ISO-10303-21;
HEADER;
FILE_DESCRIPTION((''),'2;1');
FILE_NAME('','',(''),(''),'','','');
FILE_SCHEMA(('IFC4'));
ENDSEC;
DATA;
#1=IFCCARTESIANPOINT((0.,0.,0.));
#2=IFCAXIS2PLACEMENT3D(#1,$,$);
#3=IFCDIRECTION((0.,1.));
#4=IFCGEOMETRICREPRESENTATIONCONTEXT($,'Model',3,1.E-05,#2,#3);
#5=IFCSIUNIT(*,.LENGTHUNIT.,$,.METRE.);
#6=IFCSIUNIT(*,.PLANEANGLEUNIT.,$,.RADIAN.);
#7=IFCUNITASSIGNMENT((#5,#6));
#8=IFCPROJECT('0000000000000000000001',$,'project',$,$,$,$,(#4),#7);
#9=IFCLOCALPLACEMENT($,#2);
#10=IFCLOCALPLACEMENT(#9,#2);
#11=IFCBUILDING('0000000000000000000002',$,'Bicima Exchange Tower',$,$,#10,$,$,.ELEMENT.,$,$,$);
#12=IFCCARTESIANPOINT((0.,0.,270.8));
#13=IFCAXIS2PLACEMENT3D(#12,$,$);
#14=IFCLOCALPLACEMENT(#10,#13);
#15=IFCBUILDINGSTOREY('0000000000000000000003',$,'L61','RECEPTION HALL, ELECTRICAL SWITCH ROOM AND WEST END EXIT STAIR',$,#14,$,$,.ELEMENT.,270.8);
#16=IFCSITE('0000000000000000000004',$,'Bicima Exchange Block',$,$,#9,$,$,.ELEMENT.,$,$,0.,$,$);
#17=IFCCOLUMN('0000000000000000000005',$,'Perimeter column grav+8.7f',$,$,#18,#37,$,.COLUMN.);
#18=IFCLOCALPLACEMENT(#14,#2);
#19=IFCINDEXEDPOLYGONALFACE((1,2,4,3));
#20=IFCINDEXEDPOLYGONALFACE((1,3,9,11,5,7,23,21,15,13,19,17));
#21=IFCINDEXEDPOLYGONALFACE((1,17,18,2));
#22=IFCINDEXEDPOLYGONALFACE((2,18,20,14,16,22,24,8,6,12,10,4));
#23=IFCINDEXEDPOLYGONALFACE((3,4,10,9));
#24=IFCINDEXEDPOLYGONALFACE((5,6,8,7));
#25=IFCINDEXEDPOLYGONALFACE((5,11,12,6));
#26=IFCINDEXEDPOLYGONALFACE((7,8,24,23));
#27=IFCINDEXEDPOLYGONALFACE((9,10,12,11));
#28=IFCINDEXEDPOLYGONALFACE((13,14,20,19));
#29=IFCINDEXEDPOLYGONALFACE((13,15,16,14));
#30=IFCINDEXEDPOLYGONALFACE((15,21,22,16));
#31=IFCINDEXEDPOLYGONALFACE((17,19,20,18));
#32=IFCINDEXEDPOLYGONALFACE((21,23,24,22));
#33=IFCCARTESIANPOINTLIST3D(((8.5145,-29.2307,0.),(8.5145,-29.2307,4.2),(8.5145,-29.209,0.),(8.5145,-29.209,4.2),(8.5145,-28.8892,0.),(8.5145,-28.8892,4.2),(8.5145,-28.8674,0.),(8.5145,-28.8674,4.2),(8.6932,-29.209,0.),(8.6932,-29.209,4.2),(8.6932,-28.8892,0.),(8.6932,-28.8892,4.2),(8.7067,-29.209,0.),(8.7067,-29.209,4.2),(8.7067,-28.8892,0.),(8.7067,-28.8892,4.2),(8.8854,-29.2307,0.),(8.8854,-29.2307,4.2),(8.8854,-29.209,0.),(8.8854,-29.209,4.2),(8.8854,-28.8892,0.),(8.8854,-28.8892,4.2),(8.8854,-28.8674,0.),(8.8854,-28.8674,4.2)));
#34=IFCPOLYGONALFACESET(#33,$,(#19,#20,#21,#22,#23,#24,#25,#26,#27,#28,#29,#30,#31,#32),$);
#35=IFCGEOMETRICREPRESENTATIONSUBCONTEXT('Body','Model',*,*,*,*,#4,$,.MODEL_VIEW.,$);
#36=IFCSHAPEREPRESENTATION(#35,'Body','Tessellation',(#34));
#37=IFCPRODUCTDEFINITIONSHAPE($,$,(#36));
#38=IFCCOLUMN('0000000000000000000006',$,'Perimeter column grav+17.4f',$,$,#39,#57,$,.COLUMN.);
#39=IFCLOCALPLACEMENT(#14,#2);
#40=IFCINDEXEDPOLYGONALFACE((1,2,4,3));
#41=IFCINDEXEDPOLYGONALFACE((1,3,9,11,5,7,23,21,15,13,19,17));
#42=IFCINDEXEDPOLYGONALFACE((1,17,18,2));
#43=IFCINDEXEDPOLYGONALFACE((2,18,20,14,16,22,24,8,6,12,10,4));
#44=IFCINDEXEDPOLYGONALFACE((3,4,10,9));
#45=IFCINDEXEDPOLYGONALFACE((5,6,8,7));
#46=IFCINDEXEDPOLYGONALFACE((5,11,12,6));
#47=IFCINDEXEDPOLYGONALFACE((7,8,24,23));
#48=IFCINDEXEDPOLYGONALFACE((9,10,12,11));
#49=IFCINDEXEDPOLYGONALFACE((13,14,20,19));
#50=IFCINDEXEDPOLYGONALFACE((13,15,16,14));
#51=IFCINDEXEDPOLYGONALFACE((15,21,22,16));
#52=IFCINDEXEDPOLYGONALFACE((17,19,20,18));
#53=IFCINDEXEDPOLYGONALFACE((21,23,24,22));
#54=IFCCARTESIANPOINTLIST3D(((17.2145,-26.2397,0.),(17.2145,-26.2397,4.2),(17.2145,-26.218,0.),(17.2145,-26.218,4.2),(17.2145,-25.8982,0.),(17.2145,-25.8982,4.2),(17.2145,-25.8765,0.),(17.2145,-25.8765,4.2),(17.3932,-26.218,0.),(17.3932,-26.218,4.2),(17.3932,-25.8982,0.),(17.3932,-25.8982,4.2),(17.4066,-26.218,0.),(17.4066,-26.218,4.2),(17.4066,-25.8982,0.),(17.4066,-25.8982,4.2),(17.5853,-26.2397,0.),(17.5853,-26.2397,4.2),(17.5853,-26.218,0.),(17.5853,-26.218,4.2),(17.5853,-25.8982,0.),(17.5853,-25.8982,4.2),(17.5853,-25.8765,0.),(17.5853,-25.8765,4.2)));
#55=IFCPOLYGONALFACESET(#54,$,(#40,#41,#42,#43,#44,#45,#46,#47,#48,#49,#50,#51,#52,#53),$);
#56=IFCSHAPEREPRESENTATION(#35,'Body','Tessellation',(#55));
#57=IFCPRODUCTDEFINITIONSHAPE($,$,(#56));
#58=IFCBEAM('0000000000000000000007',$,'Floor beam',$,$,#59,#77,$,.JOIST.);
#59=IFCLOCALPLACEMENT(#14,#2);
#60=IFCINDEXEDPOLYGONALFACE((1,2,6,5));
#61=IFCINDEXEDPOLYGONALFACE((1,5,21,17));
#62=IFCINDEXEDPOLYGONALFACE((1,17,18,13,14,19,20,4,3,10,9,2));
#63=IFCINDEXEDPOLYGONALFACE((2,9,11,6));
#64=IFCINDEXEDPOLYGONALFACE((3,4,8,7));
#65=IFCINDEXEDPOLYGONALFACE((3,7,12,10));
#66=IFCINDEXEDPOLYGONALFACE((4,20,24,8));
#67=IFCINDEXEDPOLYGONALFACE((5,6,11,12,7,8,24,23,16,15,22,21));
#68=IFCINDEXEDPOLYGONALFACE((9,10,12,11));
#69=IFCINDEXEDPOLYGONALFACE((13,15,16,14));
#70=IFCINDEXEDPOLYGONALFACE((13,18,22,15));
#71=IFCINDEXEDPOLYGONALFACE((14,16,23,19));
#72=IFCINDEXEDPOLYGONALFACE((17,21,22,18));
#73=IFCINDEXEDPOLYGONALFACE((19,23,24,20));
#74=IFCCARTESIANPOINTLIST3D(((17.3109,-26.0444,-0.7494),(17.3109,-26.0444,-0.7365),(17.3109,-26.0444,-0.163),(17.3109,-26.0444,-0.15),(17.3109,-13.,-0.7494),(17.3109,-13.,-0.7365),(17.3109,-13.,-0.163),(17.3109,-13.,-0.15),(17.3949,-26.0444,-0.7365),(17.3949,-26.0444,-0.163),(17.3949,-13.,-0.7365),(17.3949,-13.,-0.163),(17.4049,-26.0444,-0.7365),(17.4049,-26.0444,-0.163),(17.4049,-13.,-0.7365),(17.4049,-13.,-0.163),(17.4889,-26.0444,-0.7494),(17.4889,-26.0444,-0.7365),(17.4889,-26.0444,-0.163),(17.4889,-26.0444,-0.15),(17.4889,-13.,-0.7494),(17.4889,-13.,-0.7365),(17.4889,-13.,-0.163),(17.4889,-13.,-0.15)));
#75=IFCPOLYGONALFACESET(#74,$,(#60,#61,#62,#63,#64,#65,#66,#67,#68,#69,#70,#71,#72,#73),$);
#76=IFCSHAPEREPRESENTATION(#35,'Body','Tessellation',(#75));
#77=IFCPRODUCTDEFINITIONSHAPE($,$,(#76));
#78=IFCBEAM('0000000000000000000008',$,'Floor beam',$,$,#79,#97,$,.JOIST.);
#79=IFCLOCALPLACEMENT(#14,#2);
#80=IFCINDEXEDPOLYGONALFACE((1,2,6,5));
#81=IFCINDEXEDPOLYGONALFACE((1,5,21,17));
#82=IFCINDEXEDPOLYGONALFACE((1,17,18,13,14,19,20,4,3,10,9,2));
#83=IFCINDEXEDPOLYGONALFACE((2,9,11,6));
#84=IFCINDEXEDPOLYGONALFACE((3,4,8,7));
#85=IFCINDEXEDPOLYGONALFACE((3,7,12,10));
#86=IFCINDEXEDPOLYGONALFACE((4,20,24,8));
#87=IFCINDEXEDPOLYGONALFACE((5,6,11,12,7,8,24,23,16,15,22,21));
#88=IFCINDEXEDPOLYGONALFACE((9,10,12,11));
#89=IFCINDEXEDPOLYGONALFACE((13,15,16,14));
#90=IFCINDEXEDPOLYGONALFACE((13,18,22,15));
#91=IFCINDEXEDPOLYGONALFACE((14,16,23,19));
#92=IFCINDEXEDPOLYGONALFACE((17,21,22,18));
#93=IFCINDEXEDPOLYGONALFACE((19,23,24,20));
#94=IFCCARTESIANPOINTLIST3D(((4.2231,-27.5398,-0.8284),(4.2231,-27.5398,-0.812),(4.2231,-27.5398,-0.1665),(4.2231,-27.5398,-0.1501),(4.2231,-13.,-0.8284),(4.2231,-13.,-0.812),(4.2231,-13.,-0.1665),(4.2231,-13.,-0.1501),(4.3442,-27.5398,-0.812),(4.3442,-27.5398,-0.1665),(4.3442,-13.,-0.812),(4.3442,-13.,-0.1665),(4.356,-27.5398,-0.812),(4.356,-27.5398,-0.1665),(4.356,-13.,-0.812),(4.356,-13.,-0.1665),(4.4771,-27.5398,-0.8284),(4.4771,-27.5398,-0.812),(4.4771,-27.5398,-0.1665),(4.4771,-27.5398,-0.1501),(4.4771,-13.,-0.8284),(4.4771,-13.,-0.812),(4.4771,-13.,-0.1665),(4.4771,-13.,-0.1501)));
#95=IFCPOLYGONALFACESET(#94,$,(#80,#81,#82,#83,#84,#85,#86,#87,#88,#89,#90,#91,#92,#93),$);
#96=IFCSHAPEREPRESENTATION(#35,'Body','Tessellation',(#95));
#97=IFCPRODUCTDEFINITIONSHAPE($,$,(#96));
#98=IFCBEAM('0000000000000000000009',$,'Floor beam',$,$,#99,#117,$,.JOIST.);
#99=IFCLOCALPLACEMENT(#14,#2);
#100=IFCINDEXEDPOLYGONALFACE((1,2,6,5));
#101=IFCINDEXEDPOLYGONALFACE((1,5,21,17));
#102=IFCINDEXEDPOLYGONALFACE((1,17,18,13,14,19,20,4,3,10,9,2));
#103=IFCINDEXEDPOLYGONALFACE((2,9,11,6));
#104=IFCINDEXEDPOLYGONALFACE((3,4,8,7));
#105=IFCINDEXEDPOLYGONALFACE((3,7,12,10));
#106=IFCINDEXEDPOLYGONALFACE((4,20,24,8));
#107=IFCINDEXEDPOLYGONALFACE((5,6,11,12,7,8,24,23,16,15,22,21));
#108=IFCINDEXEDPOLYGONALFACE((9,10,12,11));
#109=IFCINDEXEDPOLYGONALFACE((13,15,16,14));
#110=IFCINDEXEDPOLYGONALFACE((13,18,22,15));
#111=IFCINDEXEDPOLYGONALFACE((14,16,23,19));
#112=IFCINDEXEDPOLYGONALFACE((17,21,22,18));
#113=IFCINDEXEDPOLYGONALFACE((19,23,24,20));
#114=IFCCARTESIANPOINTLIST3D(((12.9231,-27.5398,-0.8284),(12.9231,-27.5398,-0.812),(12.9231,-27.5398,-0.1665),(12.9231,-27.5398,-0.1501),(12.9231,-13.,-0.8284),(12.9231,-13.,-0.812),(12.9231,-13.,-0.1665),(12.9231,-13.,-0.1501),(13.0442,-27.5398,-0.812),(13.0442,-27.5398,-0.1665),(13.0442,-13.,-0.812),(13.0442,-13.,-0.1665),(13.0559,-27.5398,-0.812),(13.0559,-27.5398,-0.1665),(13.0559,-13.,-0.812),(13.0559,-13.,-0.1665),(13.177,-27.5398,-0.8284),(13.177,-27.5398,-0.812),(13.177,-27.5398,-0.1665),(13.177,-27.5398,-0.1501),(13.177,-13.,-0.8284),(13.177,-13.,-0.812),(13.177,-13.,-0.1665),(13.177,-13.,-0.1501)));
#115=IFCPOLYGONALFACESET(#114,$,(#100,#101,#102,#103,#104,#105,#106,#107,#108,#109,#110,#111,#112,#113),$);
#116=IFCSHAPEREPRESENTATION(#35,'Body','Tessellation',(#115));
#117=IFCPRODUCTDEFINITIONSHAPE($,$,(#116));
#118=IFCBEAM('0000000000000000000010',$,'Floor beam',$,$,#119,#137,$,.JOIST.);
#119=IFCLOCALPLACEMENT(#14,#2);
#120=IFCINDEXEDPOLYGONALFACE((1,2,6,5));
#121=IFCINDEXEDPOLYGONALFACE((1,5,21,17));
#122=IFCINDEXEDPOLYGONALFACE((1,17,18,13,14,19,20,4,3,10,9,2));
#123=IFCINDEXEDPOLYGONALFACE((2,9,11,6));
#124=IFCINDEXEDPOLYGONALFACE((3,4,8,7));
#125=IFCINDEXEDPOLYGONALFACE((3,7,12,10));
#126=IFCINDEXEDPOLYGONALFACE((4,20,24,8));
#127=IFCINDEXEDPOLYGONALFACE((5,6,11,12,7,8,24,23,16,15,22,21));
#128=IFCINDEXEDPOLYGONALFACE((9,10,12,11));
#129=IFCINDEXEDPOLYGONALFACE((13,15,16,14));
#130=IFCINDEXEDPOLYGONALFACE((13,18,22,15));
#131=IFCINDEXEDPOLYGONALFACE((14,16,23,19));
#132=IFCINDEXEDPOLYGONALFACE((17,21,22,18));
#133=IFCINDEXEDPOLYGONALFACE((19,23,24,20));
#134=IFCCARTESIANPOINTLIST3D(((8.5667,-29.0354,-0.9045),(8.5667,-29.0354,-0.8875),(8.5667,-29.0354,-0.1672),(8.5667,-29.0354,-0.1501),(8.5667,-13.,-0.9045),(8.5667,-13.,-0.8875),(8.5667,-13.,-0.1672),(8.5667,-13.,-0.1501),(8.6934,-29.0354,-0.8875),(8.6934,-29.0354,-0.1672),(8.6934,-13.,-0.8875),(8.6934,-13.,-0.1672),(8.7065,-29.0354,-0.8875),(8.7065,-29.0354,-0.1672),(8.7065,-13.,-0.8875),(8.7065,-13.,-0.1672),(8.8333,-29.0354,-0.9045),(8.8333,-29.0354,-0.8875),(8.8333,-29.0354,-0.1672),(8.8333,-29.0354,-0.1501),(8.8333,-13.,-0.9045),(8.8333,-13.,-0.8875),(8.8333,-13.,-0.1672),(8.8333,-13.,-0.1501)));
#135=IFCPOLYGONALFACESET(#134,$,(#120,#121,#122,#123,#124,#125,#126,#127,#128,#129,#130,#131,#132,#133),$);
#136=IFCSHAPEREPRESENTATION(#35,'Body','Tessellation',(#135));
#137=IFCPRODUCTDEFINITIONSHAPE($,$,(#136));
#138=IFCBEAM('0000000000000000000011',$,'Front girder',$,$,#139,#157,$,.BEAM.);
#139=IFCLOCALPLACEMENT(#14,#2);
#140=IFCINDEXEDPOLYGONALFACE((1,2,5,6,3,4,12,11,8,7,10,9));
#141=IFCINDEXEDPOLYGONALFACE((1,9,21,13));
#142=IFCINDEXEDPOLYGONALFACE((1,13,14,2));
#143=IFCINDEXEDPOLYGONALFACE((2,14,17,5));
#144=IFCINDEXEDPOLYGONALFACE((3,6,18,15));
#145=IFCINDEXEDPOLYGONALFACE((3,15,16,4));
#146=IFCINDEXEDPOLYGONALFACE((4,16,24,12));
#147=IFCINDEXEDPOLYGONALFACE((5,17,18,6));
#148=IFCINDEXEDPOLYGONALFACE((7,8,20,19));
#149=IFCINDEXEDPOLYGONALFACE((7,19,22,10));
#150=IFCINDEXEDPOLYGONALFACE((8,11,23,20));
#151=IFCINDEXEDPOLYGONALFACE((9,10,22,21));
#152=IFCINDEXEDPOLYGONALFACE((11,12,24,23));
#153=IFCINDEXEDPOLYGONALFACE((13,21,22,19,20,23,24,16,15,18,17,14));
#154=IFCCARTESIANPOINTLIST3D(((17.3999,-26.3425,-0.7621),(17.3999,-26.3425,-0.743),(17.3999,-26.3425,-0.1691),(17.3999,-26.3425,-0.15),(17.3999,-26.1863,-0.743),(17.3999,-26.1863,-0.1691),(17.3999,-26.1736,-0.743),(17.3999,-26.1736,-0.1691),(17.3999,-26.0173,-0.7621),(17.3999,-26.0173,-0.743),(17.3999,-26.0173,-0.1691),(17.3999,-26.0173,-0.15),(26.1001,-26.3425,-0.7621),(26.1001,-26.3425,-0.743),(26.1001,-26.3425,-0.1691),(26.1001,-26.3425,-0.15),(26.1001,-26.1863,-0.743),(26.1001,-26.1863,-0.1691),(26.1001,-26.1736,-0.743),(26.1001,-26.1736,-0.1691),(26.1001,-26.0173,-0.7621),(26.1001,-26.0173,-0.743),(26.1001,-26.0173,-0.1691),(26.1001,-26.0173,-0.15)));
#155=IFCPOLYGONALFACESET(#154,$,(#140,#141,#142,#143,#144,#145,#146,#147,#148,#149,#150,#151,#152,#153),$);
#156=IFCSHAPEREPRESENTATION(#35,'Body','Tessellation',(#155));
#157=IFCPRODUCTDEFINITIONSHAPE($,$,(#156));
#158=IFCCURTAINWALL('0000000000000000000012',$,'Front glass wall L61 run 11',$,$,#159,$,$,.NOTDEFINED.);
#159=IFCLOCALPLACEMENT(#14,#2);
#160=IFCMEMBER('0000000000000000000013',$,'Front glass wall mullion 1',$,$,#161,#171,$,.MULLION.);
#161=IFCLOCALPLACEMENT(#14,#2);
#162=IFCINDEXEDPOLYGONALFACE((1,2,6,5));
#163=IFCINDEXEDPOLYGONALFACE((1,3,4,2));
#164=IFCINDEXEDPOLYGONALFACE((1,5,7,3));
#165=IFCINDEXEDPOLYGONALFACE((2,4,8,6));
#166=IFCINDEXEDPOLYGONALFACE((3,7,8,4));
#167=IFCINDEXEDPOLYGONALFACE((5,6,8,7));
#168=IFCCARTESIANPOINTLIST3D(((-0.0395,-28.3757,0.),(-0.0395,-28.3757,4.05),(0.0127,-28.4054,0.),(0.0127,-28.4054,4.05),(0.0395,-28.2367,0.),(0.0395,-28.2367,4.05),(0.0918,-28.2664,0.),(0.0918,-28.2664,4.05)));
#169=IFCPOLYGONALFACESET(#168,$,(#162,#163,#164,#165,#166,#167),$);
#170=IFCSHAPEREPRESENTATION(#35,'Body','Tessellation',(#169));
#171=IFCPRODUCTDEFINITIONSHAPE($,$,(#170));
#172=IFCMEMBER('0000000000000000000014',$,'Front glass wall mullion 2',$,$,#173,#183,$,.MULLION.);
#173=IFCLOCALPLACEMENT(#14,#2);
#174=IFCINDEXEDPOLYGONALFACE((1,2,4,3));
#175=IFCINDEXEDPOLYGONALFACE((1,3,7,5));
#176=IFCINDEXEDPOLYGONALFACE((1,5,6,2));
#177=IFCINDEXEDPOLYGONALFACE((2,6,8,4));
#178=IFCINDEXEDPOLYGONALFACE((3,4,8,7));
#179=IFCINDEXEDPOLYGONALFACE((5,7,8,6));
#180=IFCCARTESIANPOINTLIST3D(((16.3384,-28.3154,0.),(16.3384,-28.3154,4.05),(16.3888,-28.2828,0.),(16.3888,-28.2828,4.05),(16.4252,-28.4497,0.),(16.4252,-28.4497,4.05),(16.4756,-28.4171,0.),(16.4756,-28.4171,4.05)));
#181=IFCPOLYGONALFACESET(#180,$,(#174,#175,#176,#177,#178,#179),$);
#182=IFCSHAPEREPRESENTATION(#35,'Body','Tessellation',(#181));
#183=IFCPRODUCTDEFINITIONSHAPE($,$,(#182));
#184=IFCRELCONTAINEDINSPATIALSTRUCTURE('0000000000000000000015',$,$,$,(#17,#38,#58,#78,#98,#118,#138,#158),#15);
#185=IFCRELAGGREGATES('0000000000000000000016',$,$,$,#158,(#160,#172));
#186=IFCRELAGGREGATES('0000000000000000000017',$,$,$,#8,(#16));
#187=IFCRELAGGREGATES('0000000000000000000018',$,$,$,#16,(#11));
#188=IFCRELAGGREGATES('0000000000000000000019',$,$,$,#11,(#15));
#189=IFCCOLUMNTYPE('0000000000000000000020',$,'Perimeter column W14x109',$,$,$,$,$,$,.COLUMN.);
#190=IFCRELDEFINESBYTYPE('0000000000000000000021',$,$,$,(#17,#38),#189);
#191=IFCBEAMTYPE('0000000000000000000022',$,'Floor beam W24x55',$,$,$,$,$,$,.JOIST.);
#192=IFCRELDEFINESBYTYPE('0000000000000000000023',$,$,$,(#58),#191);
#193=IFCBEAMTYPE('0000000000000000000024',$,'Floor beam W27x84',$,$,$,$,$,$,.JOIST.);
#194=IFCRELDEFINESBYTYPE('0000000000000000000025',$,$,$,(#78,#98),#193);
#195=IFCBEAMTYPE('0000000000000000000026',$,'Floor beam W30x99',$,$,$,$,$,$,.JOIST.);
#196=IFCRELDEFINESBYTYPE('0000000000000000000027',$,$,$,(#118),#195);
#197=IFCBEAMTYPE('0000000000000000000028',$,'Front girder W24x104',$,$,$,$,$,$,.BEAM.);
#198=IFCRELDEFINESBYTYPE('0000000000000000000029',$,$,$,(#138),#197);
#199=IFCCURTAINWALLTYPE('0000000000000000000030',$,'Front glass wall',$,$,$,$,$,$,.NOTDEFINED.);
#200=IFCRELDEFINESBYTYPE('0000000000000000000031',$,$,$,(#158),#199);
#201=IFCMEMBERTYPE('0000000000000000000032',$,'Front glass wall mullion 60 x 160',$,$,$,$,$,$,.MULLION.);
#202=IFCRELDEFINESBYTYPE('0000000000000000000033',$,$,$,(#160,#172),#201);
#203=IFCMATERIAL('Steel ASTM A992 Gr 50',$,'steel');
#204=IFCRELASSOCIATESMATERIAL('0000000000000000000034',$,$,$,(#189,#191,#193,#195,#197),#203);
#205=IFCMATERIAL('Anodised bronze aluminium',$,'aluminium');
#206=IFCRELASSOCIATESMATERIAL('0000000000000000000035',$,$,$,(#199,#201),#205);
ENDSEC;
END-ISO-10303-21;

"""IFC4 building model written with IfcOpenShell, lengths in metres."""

from ifc_helpers import new_model, si_unit, direction, frame, origin, origin_2d, place, context, subcontext, project, spatial, rectangle, i_section, extrude, material, material_profile, profile_set, type_object, element, aggregate, save


model = new_model("IFC4")

# Units and contexts
model_context = context("Model", 3, precision=1e-05, world=origin(), true_north=direction((0.0, 1.0)))
body_context = subcontext(model_context, "Body", "Model", "MODEL_VIEW")
ifc_project = project(units=[si_unit("LENGTHUNIT", "METRE"), si_unit("PLANEANGLEUNIT", "RADIAN")], contexts=[model_context])

# Site, building, storey
site_placement = place(None, origin())
site = spatial("IfcSite", under=ifc_project, at=site_placement, Name="Bicima Exchange Block", CompositionType="ELEMENT", RefElevation=0.0)
building_placement = place(site_placement, origin())
building = spatial("IfcBuilding", under=site, at=building_placement, Name="Bicima Exchange Tower", CompositionType="ELEMENT")
storey_placement = place(building_placement, frame((0.0, 0.0, 270.8)))
storey = spatial("IfcBuildingStorey", under=building, at=storey_placement, Name="L61", Description="RECEPTION HALL, ELECTRICAL SWITCH ROOM AND WEST END EXIT STAIR", CompositionType="ELEMENT", Elevation=270.8)

# Columns
ifc_material_1 = material(Name="Steel ASTM A992 Gr 50", Category="steel")
ifc_material_profile_1 = material_profile(ifc_material_1, i_section(OverallWidth=0.3708, OverallDepth=0.3633, WebThickness=0.0134, FlangeThickness=0.0217, at=origin_2d()))
ifc_profile_set_1 = profile_set([ifc_material_profile_1], Name="Steel ASTM A992 Gr 50")
column_type = type_object("IfcColumnType", Name="Perimeter column W14x109", PredefinedType="COLUMN", material=ifc_profile_set_1)
for number, where, z_axis, x_axis, name in (
    (1, (8.7, -29.0491, 0.0), (0.0, 0.0, 1.0), (1.0, 0.0, 0.0), "Perimeter column grav+8.7f"),
    (2, (17.3999, -26.0581, 0.0), (0.0, 0.0, 1.0), (1.0, 0.0, 0.0), "Perimeter column grav+17.4f"),
):
    element("IfcColumn", number, at=place(storey_placement, frame(where, z_axis=z_axis, x_axis=x_axis)), inside=storey, type_object=column_type, Name=name, PredefinedType="COLUMN", context=body_context, shape_type="SweptSolid", body=[
        extrude(i_section(OverallWidth=0.3708, OverallDepth=0.3633, WebThickness=0.0134, FlangeThickness=0.0217, at=origin_2d()), origin(), (0.0, 0.0, 1.0), 4.2),
    ])

# Beams
ifc_material_profile_2 = material_profile(ifc_material_1, i_section(OverallWidth=0.178, OverallDepth=0.5994, WebThickness=0.01, FlangeThickness=0.0129, at=origin_2d()))
ifc_profile_set_2 = profile_set([ifc_material_profile_2], Name="Steel ASTM A992 Gr 50")
beam_type_1 = type_object("IfcBeamType", Name="Floor beam W24x55", PredefinedType="JOIST", material=ifc_profile_set_2)
beam_1_placement = place(storey_placement, frame((17.3999, -13.0, -0.4497), z_axis=(0.0, -1.0, 0.0), x_axis=(1.0, 0.0, 0.0)))
element("IfcBeam", 3, at=beam_1_placement, inside=storey, type_object=beam_type_1, Name="Floor beam", PredefinedType="JOIST", context=body_context, shape_type="SweptSolid", body=[
    extrude(i_section(OverallWidth=0.178, OverallDepth=0.5994, WebThickness=0.01, FlangeThickness=0.0129, at=origin_2d()), origin(), (0.0, 0.0, 1.0), 13.0444),
])
ifc_material_profile_3 = material_profile(ifc_material_1, i_section(OverallWidth=0.2539, OverallDepth=0.6782, WebThickness=0.0117, FlangeThickness=0.0164, at=origin_2d()))
ifc_profile_set_3 = profile_set([ifc_material_profile_3], Name="Steel ASTM A992 Gr 50")
beam_type_2 = type_object("IfcBeamType", Name="Floor beam W27x84", PredefinedType="JOIST", material=ifc_profile_set_3)
for number, where, z_axis, x_axis, name in (
    (4, (4.3501, -13.0, -0.4893), (0.0, -1.0, 0.0), (1.0, 0.0, 0.0), "Floor beam"),
    (5, (13.05, -13.0, -0.4893), (0.0, -1.0, 0.0), (1.0, 0.0, 0.0), "Floor beam"),
):
    element("IfcBeam", number, at=place(storey_placement, frame(where, z_axis=z_axis, x_axis=x_axis)), inside=storey, type_object=beam_type_2, Name=name, PredefinedType="JOIST", context=body_context, shape_type="SweptSolid", body=[
        extrude(i_section(OverallWidth=0.2539, OverallDepth=0.6782, WebThickness=0.0117, FlangeThickness=0.0164, at=origin_2d()), origin(), (0.0, 0.0, 1.0), 14.5398),
    ])
ifc_material_profile_4 = material_profile(ifc_material_1, i_section(OverallWidth=0.2666, OverallDepth=0.7544, WebThickness=0.0132, FlangeThickness=0.0171, at=origin_2d()))
ifc_profile_set_4 = profile_set([ifc_material_profile_4], Name="Steel ASTM A992 Gr 50")
beam_type_3 = type_object("IfcBeamType", Name="Floor beam W30x99", PredefinedType="JOIST", material=ifc_profile_set_4)
beam_2_placement = place(storey_placement, frame((8.7, -13.0, -0.5273), z_axis=(0.0, -1.0, 0.0), x_axis=(1.0, 0.0, 0.0)))
element("IfcBeam", 6, at=beam_2_placement, inside=storey, type_object=beam_type_3, Name="Floor beam", PredefinedType="JOIST", context=body_context, shape_type="SweptSolid", body=[
    extrude(i_section(OverallWidth=0.2666, OverallDepth=0.7544, WebThickness=0.0132, FlangeThickness=0.0171, at=origin_2d()), origin(), (0.0, 0.0, 1.0), 16.0354),
])
ifc_material_profile_5 = material_profile(ifc_material_1, i_section(OverallWidth=0.3252, OverallDepth=0.6121, WebThickness=0.0127, FlangeThickness=0.019, at=origin_2d()))
ifc_profile_set_5 = profile_set([ifc_material_profile_5], Name="Steel ASTM A992 Gr 50")
beam_type_4 = type_object("IfcBeamType", Name="Front girder W24x104", PredefinedType="BEAM", material=ifc_profile_set_5)
beam_3_placement = place(storey_placement, frame((17.3999, -26.1799, -0.4561), z_axis=(1.0, 0.0, 0.0), x_axis=(0.0, 1.0, 0.0)))
element("IfcBeam", 7, at=beam_3_placement, inside=storey, type_object=beam_type_4, Name="Front girder", PredefinedType="BEAM", context=body_context, shape_type="SweptSolid", body=[
    extrude(i_section(OverallWidth=0.3252, OverallDepth=0.6121, WebThickness=0.0127, FlangeThickness=0.019, at=origin_2d()), origin(), (0.0, 0.0, 1.0), 8.7002),
])

# Curtain wall, members
ifc_material_2 = material(Name="Anodised bronze aluminium", Category="aluminium")
curtain_wall_type = type_object("IfcCurtainWallType", Name="Front glass wall", PredefinedType="NOTDEFINED", material=ifc_material_2)
curtain_wall_1_placement = place(storey_placement, origin())
curtain_wall_1 = element("IfcCurtainWall", 8, at=curtain_wall_1_placement, inside=storey, type_object=curtain_wall_type, Name="Front glass wall L61 run 11", PredefinedType="NOTDEFINED")
ifc_material_profile_6 = material_profile(ifc_material_2, rectangle(XDim=0.1599, YDim=0.0601, at=origin_2d()))
ifc_profile_set_6 = profile_set([ifc_material_profile_6], Name="Anodised bronze aluminium")
member_type_1 = type_object("IfcMemberType", Name="Front glass wall mullion 60 x 160", PredefinedType="MULLION", material=ifc_profile_set_6)
member_1_placement = place(storey_placement, frame((0.0261, -28.321, 0.0), z_axis=(0.0, 0.0, 1.0), x_axis=(0.49433, 0.869274, 0.0)))
member_1 = element("IfcMember", 9, at=member_1_placement, type_object=member_type_1, Name="Front glass wall mullion 1", PredefinedType="MULLION", context=body_context, shape_type="SweptSolid", body=[
    extrude(rectangle(XDim=0.1599, YDim=0.0601, at=origin_2d()), origin(), (0.0, 0.0, 1.0), 4.05),
])
member_2_placement = place(storey_placement, frame((16.407, -28.3662, 0.0), z_axis=(0.0, 0.0, 1.0), x_axis=(-0.542909, 0.839791, 0.0)))
member_2 = element("IfcMember", 10, at=member_2_placement, type_object=member_type_1, Name="Front glass wall mullion 2", PredefinedType="MULLION", context=body_context, shape_type="SweptSolid", body=[
    extrude(rectangle(XDim=0.1599, YDim=0.0601, at=origin_2d()), origin(), (0.0, 0.0, 1.0), 4.05),
])

aggregate(curtain_wall_1, [member_1, member_2])

save(model, "model.ifc")
